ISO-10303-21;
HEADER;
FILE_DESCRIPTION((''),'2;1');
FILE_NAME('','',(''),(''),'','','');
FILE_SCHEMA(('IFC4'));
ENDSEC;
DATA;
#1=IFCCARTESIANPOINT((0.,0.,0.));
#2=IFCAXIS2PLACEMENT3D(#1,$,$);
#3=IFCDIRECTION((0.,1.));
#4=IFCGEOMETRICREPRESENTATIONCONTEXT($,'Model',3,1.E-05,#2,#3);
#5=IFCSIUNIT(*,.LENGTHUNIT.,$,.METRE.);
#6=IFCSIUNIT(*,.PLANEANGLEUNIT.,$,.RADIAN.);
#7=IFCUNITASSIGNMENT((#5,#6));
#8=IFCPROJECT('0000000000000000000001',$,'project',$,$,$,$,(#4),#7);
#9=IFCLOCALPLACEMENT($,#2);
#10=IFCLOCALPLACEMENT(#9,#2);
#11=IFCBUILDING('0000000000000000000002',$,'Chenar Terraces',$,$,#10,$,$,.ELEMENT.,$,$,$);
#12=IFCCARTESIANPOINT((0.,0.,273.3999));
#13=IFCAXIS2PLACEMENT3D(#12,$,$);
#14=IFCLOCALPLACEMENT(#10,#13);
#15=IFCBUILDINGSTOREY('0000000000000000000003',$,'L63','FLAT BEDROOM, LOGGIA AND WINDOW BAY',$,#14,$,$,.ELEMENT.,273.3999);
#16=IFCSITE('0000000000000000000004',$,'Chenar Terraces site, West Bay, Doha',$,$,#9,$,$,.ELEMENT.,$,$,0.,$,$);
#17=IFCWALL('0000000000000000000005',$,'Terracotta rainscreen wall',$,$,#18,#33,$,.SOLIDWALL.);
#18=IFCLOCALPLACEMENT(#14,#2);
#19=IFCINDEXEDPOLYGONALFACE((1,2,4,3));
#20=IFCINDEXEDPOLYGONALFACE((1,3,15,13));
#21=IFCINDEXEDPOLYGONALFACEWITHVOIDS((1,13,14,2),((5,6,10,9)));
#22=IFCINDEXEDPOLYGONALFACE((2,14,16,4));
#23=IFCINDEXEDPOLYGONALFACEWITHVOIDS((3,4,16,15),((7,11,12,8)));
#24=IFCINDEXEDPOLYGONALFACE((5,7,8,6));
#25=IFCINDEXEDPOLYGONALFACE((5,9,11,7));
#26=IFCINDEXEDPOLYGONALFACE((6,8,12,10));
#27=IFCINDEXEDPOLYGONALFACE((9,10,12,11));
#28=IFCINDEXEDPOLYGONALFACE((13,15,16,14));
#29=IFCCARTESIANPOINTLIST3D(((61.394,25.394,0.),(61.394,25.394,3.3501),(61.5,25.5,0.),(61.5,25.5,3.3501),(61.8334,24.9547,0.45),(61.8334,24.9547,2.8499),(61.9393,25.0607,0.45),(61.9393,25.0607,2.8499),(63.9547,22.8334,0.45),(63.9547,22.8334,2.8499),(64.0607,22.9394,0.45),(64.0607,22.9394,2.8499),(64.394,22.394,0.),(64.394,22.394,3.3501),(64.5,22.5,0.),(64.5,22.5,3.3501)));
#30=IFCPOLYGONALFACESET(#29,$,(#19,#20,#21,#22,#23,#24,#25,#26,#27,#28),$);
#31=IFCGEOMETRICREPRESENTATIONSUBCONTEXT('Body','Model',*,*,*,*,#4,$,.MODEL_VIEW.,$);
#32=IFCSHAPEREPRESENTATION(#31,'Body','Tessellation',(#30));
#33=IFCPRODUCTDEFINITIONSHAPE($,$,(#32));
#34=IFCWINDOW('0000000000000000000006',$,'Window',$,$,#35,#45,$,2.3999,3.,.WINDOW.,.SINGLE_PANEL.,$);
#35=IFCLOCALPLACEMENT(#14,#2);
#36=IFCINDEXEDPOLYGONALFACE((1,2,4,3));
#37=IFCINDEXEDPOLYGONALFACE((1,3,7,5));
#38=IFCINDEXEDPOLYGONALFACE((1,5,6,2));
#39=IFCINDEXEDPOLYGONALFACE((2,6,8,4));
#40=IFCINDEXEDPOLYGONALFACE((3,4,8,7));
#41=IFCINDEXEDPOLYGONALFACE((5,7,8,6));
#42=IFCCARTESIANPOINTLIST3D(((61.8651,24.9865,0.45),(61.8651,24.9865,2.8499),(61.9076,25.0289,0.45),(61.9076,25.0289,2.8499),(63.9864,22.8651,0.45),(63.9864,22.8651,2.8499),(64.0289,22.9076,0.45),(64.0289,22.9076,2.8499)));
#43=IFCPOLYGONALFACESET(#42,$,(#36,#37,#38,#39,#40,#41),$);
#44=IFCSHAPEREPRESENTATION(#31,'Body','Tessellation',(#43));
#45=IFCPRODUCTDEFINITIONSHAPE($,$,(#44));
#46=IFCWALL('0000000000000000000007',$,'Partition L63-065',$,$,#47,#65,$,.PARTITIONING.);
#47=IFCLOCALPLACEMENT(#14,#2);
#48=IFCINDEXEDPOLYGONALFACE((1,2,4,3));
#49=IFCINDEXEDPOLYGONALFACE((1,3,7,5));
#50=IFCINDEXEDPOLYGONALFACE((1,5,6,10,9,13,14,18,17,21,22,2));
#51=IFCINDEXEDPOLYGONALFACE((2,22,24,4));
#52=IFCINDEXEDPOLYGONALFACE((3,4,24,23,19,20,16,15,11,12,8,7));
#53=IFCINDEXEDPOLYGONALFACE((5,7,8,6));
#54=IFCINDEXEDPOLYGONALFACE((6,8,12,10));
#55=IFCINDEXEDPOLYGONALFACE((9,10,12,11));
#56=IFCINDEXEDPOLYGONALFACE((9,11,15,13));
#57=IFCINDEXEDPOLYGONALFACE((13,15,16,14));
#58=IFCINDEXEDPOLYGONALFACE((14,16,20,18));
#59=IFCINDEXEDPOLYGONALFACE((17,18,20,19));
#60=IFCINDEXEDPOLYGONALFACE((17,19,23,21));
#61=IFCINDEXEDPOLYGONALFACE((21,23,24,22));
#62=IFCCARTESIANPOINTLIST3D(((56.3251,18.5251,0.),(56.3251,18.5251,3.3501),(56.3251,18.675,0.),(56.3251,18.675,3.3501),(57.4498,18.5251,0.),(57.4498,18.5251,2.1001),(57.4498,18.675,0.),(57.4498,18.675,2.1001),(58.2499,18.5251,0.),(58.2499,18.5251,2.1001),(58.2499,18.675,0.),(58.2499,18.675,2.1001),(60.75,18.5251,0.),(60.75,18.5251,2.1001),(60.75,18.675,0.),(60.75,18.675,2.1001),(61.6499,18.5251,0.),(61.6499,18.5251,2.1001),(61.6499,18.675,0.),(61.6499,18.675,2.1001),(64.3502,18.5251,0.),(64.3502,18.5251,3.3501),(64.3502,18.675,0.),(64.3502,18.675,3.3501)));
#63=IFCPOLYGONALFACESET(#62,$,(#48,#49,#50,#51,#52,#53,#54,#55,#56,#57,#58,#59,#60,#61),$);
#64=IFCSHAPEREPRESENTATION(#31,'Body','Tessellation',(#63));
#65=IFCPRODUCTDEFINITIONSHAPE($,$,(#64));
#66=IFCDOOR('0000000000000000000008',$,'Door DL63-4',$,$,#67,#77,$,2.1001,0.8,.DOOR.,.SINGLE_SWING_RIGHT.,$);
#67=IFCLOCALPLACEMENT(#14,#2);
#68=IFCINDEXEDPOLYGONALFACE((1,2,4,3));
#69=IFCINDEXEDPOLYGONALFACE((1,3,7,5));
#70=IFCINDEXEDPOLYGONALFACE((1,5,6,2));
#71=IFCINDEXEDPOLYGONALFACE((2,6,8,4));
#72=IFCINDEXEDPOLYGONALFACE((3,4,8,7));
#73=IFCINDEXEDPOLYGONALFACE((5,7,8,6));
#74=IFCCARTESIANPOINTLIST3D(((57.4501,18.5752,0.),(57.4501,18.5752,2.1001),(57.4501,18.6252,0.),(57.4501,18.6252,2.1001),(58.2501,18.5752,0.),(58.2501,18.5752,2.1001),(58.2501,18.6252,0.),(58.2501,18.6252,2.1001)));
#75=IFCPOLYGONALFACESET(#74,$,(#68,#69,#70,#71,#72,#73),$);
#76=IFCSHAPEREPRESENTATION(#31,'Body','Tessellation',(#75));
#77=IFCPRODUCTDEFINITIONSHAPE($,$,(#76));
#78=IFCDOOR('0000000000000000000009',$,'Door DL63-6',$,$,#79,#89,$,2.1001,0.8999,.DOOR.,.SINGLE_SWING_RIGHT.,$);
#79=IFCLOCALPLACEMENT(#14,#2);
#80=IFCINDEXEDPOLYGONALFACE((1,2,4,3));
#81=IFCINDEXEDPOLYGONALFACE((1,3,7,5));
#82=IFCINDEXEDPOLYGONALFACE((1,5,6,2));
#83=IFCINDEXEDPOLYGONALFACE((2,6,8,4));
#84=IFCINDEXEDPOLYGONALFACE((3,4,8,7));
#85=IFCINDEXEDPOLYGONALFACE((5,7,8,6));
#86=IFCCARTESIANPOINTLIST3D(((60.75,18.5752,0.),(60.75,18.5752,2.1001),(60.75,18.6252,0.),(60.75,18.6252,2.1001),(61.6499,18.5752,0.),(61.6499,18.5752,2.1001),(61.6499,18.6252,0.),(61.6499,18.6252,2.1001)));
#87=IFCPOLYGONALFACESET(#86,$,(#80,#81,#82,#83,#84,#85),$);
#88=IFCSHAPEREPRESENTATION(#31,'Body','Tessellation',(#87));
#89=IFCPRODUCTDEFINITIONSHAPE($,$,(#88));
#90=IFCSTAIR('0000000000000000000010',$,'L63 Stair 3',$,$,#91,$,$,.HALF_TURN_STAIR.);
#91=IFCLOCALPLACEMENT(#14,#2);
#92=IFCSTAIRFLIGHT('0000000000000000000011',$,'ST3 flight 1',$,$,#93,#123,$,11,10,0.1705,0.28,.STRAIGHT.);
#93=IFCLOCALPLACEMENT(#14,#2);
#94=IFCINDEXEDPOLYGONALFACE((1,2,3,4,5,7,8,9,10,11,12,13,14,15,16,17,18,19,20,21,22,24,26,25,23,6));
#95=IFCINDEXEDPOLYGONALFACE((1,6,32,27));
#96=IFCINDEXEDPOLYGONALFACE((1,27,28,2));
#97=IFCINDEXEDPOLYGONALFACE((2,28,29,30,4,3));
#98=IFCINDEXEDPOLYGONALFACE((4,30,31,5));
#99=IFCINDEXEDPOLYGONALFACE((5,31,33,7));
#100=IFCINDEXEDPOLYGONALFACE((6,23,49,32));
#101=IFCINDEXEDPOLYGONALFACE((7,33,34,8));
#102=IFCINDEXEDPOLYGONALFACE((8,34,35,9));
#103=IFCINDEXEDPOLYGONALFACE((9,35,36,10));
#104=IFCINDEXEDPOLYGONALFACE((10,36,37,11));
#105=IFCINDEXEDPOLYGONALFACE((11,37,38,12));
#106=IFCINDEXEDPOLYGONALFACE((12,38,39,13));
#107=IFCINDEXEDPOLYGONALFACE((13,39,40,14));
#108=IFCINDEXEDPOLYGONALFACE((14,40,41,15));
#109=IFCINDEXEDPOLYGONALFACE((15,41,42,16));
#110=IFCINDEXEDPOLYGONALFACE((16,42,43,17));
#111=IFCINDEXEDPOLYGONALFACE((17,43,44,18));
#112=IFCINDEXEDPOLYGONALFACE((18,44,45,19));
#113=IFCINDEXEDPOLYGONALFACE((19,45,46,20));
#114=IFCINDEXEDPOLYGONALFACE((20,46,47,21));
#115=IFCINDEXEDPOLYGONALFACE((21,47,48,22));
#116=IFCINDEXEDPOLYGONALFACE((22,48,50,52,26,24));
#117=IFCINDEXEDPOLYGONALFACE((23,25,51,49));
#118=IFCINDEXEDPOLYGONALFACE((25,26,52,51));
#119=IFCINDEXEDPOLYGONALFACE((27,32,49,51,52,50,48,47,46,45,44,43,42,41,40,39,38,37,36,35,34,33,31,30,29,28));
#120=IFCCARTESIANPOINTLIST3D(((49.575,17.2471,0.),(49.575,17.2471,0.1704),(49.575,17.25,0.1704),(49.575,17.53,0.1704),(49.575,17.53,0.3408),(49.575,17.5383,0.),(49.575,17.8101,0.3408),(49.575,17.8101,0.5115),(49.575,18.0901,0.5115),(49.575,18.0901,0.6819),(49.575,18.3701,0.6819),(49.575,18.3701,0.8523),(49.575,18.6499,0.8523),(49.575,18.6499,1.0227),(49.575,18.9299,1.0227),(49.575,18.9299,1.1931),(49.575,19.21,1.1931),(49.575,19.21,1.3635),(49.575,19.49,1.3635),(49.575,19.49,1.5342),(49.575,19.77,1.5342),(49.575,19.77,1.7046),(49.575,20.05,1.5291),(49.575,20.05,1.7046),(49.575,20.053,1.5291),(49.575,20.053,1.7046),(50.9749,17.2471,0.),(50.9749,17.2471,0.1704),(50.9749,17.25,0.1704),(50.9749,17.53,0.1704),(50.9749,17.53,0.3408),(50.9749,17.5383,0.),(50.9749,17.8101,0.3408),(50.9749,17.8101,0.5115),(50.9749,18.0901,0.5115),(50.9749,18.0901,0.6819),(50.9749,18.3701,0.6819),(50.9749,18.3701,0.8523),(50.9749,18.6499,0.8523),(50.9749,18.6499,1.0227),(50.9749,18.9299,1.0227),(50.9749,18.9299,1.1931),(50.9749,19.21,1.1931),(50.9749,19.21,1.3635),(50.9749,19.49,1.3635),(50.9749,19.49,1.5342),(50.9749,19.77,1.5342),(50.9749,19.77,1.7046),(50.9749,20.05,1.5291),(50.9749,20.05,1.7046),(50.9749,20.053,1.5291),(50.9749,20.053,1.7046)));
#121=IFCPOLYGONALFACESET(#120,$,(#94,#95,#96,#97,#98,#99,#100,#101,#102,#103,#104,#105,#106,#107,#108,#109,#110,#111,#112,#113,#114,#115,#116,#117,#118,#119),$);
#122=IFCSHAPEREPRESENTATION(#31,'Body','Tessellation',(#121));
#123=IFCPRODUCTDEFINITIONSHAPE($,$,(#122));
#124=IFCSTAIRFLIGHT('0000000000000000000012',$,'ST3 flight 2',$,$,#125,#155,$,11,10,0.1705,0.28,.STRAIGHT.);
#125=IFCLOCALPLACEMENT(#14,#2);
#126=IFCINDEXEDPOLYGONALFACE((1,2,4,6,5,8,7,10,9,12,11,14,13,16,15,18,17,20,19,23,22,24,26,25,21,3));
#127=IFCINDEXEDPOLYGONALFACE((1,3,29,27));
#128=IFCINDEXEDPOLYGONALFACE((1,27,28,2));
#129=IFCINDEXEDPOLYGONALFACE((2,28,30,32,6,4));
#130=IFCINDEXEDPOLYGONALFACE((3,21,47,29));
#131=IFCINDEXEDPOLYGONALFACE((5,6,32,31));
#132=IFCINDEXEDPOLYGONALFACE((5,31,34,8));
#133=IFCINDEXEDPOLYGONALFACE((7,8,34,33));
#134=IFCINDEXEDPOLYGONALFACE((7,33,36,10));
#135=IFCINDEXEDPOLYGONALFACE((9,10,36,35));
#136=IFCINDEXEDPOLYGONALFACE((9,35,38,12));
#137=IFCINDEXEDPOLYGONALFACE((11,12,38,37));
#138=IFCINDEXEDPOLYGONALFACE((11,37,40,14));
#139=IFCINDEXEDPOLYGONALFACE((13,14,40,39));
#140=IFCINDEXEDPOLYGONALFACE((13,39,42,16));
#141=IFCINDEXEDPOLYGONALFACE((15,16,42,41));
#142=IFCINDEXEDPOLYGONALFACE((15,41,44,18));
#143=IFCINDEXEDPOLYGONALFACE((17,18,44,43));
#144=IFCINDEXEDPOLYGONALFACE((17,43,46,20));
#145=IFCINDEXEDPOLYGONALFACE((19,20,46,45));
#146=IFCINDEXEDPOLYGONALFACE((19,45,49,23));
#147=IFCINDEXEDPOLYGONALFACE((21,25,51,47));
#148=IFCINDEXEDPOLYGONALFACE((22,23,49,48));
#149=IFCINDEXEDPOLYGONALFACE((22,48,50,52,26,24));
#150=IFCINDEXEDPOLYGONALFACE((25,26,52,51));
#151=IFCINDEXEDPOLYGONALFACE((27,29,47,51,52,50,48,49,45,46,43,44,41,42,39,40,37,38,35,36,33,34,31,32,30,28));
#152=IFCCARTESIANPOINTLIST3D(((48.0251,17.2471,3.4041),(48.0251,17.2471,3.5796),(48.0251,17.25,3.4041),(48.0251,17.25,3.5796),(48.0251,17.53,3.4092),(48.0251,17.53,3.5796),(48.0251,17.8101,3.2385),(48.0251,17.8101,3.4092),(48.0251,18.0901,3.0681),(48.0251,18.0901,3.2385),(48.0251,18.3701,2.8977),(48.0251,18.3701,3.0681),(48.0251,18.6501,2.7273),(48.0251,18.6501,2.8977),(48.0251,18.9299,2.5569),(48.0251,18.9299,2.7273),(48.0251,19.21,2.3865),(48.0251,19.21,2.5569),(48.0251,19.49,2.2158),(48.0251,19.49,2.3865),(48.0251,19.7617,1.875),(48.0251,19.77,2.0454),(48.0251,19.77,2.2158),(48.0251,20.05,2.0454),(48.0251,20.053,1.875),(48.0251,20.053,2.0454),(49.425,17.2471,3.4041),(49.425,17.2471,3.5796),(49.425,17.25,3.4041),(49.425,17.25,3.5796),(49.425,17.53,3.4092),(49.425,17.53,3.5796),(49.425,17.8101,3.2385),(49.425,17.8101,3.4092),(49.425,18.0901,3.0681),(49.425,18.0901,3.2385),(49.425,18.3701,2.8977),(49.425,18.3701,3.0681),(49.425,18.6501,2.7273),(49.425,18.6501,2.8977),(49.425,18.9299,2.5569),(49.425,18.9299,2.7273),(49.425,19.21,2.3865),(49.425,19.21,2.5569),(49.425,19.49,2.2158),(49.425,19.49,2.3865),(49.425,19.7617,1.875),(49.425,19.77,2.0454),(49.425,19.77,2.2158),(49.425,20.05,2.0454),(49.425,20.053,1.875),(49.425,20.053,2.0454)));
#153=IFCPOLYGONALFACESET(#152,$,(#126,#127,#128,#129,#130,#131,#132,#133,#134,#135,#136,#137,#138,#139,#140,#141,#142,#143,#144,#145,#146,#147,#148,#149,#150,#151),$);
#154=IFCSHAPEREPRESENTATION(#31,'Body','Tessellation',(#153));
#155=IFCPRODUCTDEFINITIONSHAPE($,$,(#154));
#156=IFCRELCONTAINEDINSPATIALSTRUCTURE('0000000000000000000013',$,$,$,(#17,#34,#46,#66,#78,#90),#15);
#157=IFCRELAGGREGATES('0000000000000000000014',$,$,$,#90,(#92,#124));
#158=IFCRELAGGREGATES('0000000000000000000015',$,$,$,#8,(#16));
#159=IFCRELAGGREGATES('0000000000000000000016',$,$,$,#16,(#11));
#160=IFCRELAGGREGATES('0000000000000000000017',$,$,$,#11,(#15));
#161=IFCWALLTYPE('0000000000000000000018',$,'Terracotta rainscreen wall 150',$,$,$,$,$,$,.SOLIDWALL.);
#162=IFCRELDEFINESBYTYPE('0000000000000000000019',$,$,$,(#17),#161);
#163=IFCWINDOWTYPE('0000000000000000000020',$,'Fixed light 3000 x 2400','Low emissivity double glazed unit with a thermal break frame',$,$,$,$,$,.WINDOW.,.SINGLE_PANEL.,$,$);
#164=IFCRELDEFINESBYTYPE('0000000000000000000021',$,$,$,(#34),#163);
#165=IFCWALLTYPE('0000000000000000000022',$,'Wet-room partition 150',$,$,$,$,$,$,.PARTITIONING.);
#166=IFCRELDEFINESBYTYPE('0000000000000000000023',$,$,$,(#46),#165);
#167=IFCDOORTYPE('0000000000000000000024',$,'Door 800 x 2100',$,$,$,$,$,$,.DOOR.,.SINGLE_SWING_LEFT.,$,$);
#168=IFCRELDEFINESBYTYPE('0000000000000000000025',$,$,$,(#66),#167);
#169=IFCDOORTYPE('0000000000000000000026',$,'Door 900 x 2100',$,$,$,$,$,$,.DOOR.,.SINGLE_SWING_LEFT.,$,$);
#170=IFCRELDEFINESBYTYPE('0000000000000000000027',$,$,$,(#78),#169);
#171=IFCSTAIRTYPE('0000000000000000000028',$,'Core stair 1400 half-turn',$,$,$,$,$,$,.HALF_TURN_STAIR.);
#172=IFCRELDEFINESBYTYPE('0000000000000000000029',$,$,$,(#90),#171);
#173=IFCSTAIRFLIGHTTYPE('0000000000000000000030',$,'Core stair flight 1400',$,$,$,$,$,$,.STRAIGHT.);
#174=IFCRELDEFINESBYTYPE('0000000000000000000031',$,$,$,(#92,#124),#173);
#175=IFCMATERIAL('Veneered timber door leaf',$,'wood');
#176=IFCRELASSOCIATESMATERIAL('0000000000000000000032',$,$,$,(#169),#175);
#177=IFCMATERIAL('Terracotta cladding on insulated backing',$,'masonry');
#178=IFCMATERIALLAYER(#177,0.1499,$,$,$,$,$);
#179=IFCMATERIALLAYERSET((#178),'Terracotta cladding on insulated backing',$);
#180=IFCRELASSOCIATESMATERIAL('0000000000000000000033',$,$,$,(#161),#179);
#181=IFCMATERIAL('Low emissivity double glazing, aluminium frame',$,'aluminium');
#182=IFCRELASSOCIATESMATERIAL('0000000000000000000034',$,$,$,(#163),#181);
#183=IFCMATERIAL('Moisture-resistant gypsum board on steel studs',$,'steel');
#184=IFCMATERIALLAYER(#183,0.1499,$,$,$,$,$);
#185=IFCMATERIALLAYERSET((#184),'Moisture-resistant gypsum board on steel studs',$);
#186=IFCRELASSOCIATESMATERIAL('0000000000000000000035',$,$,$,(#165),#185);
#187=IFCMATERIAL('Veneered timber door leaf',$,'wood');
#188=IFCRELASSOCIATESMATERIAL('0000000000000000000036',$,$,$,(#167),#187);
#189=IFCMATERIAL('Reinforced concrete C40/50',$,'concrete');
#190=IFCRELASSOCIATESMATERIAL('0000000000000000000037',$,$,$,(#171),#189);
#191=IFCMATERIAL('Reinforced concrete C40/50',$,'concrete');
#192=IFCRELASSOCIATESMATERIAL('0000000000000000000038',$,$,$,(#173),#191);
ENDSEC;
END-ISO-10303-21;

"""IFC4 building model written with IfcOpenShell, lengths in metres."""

from ifc_helpers import new_model, si_unit, direction, frame, frame_2d, origin, place, context, subcontext, project, spatial, polyline, rectangle, outline, extrude, material, layer, layer_set, type_object, element, fill, aggregate, save


model = new_model("IFC4")

# Units and contexts
model_context = context("Model", 3, precision=1e-05, world=origin(), true_north=direction((0.0, 1.0)))
body_context = subcontext(model_context, "Body", "Model", "MODEL_VIEW")
ifc_project = project(units=[si_unit("LENGTHUNIT", "METRE"), si_unit("PLANEANGLEUNIT", "RADIAN")], contexts=[model_context])

# Site, building, storey
site_placement = place(None, origin())
site = spatial("IfcSite", under=ifc_project, at=site_placement, Name="Chenar Terraces site, West Bay, Doha", CompositionType="ELEMENT", RefElevation=0.0)
building_placement = place(site_placement, origin())
building = spatial("IfcBuilding", under=site, at=building_placement, Name="Chenar Terraces", CompositionType="ELEMENT")
storey_placement = place(building_placement, frame((0.0, 0.0, 273.3999)))
storey = spatial("IfcBuildingStorey", under=building, at=storey_placement, Name="L63", Description="FLAT BEDROOM, LOGGIA AND WINDOW BAY", CompositionType="ELEMENT", Elevation=273.3999)

# Shared definitions
ifc_material_1 = material(Name="Veneered timber door leaf", Category="wood")
door_type_1 = type_object("IfcDoorType", Name="Door 900 x 2100", OperationType="SINGLE_SWING_LEFT", PredefinedType="DOOR", material=ifc_material_1)

# Wall, opening, window
ifc_material_2 = material(Name="Terracotta cladding on insulated backing", Category="masonry")
ifc_layer_1 = layer(ifc_material_2, 0.1499)
ifc_layer_set_1 = layer_set([ifc_layer_1], Name="Terracotta cladding on insulated backing")
wall_type_1 = type_object("IfcWallType", Name="Terracotta rainscreen wall 150", PredefinedType="SOLIDWALL", material=ifc_layer_set_1)
wall_1_placement = place(storey_placement, frame((64.447, 22.447, 0.0), z_axis=(0.0, 0.0, 1.0), x_axis=(-0.707107, 0.707107, 0.0)))
wall_1 = element("IfcWall", 1, at=wall_1_placement, inside=storey, type_object=wall_type_1, Name="Terracotta rainscreen wall", PredefinedType="SOLIDWALL", context=body_context, shape_type="SweptSolid", body=[
    extrude(rectangle(XDim=4.2427, YDim=0.1499, at=frame_2d((2.1213, 0.0))), origin(), (0.0, 0.0, 1.0), 3.3501),
])
opening_1_placement = place(wall_1_placement, frame((0.6213, 0.0, 0.45)))
opening_1 = element("IfcOpeningElement", 2, at=opening_1_placement, cuts=wall_1, PredefinedType="OPENING", context=body_context, shape_type="SweptSolid", body=[
    extrude(rectangle(XDim=3.0, YDim=2.3999, at=frame_2d((1.5, 1.2))), frame((0.0, 0.085, 0.0), z_axis=(0.0, -1.0, 0.0), x_axis=(1.0, 0.0, 0.0)), (0.0, 0.0, 1.0), 0.1699),
])
ifc_material_3 = material(Name="Low emissivity double glazing, aluminium frame", Category="aluminium")
window_type_1 = type_object("IfcWindowType", Name="Fixed light 3000 x 2400", Description="Low emissivity double glazed unit with a thermal break frame", PartitioningType="SINGLE_PANEL", PredefinedType="WINDOW", material=ifc_material_3)
window_1_placement = place(opening_1_placement, origin())
window_1 = element("IfcWindow", 3, at=window_1_placement, inside=storey, type_object=window_type_1, Name="Window", OverallHeight=2.3999, OverallWidth=3.0, PartitioningType="SINGLE_PANEL", PredefinedType="WINDOW", context=body_context, shape_type="SweptSolid", body=[
    extrude(rectangle(XDim=3.0, YDim=2.3999, at=frame_2d((1.5, 1.2))), frame((0.0, 0.03, 0.0), z_axis=(0.0, -1.0, 0.0), x_axis=(1.0, 0.0, 0.0)), (0.0, 0.0, 1.0), 0.0601),
])
fill(opening_1, window_1)

# Wall, openings, doors
ifc_material_4 = material(Name="Moisture-resistant gypsum board on steel studs", Category="steel")
ifc_layer_2 = layer(ifc_material_4, 0.1499)
ifc_layer_set_2 = layer_set([ifc_layer_2], Name="Moisture-resistant gypsum board on steel studs")
wall_type_2 = type_object("IfcWallType", Name="Wet-room partition 150", PredefinedType="PARTITIONING", material=ifc_layer_set_2)
wall_2_placement = place(storey_placement, frame((56.325, 18.6001, 0.0), z_axis=(0.0, 0.0, 1.0), x_axis=(1.0, 0.0, 0.0)))
wall_2 = element("IfcWall", 4, at=wall_2_placement, inside=storey, type_object=wall_type_2, Name="Partition L63-065", PredefinedType="PARTITIONING", context=body_context, shape_type="SweptSolid", body=[
    extrude(rectangle(XDim=8.0251, YDim=0.1499, at=frame_2d((4.0127, 0.0))), origin(), (0.0, 0.0, 1.0), 3.3501),
])
opening_2_placement = place(wall_2_placement, frame((1.125, 0.0, 0.0)))
opening_2 = element("IfcOpeningElement", 5, at=opening_2_placement, cuts=wall_2, PredefinedType="OPENING", context=body_context, shape_type="SweptSolid", body=[
    extrude(rectangle(XDim=0.8, YDim=2.1001, at=frame_2d((0.3999, 1.05))), frame((0.0, 0.085, 0.0), z_axis=(0.0, -1.0, 0.0), x_axis=(1.0, 0.0, 0.0)), (0.0, 0.0, 1.0), 0.1699),
])
opening_3_placement = place(wall_2_placement, frame((4.425, 0.0, 0.0)))
opening_3 = element("IfcOpeningElement", 6, at=opening_3_placement, cuts=wall_2, PredefinedType="OPENING", context=body_context, shape_type="SweptSolid", body=[
    extrude(rectangle(XDim=0.8999, YDim=2.1001, at=frame_2d((0.45, 1.05))), frame((0.0, 0.085, 0.0), z_axis=(0.0, -1.0, 0.0), x_axis=(1.0, 0.0, 0.0)), (0.0, 0.0, 1.0), 0.1699),
])
ifc_material_5 = material(Name="Veneered timber door leaf", Category="wood")
door_type_2 = type_object("IfcDoorType", Name="Door 800 x 2100", OperationType="SINGLE_SWING_LEFT", PredefinedType="DOOR", material=ifc_material_5)
door_1_placement = place(opening_2_placement, frame((0.8, 0.0, 0.0), z_axis=(0.0, 0.0, 1.0), x_axis=(-1.0, 0.0, 0.0)))
door_1 = element("IfcDoor", 7, at=door_1_placement, inside=storey, type_object=door_type_2, Name="Door DL63-4", OperationType="SINGLE_SWING_RIGHT", OverallHeight=2.1001, OverallWidth=0.8, PredefinedType="DOOR", context=body_context, shape_type="SweptSolid", body=[
    extrude(rectangle(XDim=0.8, YDim=2.1001, at=frame_2d((0.3999, 1.05))), frame((0.0, 0.0249, 0.0), z_axis=(0.0, -1.0, 0.0), x_axis=(1.0, 0.0, 0.0)), (0.0, 0.0, 1.0), 0.05),
])
fill(opening_2, door_1)
door_2_placement = place(opening_3_placement, frame((0.8999, 0.0, 0.0), z_axis=(0.0, 0.0, 1.0), x_axis=(-1.0, 0.0, 0.0)))
door_2 = element("IfcDoor", 8, at=door_2_placement, inside=storey, type_object=door_type_1, Name="Door DL63-6", OperationType="SINGLE_SWING_RIGHT", OverallHeight=2.1001, OverallWidth=0.8999, PredefinedType="DOOR", context=body_context, shape_type="SweptSolid", body=[
    extrude(rectangle(XDim=0.8999, YDim=2.1001, at=frame_2d((0.45, 1.05))), frame((0.0, 0.0249, 0.0), z_axis=(0.0, -1.0, 0.0), x_axis=(1.0, 0.0, 0.0)), (0.0, 0.0, 1.0), 0.05),
])
fill(opening_3, door_2)

# Stair, stair flights
ifc_material_6 = material(Name="Reinforced concrete C40/50", Category="concrete")
stair_type = type_object("IfcStairType", Name="Core stair 1400 half-turn", PredefinedType="HALF_TURN_STAIR", material=ifc_material_6)
stair_placement = place(storey_placement, origin())
stair = element("IfcStair", 9, at=stair_placement, inside=storey, type_object=stair_type, Name="L63 Stair 3", PredefinedType="HALF_TURN_STAIR")
ifc_material_7 = material(Name="Reinforced concrete C40/50", Category="concrete")
stair_flight_type = type_object("IfcStairFlightType", Name="Core stair flight 1400", PredefinedType="STRAIGHT", material=ifc_material_7)
stair_flight_1_placement = place(storey_placement, frame((50.2749, 17.25, 0.0), z_axis=(0.0, 0.0, 1.0), x_axis=(0.0, 1.0, 0.0)))
stair_flight_1 = element("IfcStairFlight", 10, at=stair_flight_1_placement, type_object=stair_flight_type, Name="ST3 flight 1", NumberOfRisers=11, NumberOfTreads=10, PredefinedType="STRAIGHT", RiserHeight=0.1705, TreadLength=0.28, context=body_context, shape_type="SweptSolid", body=[
    extrude(outline(polyline([(-0.0029, 0.0), (-0.0029, 0.1704), (0.0, 0.1704), (0.28, 0.1704), (0.28, 0.3408), (0.5601, 0.3408), (0.5601, 0.5115), (0.8401, 0.5115), (0.8401, 0.6819), (1.1201, 0.6819), (1.1201, 0.8523), (1.3999, 0.8523), (1.3999, 1.0227), (1.6799, 1.0227), (1.6799, 1.1931), (1.96, 1.1931), (1.96, 1.3635), (2.24, 1.3635), (2.24, 1.5342), (2.52, 1.5342), (2.52, 1.7046), (2.8, 1.7046), (2.803, 1.7046), (2.803, 1.5291), (2.8, 1.5291), (0.2883, 0.0), (-0.0029, 0.0)])), frame((0.0, 0.7, 0.0), z_axis=(0.0, -1.0, 0.0), x_axis=(1.0, 0.0, 0.0)), (0.0, 0.0, 1.0), 1.3999),
])
stair_flight_2_placement = place(storey_placement, frame((48.7251, 20.05, 1.875), z_axis=(0.0, 0.0, 1.0), x_axis=(0.0, -1.0, 0.0)))
stair_flight_2 = element("IfcStairFlight", 11, at=stair_flight_2_placement, type_object=stair_flight_type, Name="ST3 flight 2", NumberOfRisers=11, NumberOfTreads=10, PredefinedType="STRAIGHT", RiserHeight=0.1705, TreadLength=0.28, context=body_context, shape_type="SweptSolid", body=[
    extrude(outline(polyline([(-0.0029, 0.0), (-0.0029, 0.1704), (0.0, 0.1704), (0.28, 0.1704), (0.28, 0.3408), (0.5601, 0.3408), (0.5601, 0.5115), (0.8401, 0.5115), (0.8401, 0.6819), (1.1201, 0.6819), (1.1201, 0.8523), (1.3999, 0.8523), (1.3999, 1.0227), (1.6799, 1.0227), (1.6799, 1.1931), (1.96, 1.1931), (1.96, 1.3635), (2.24, 1.3635), (2.24, 1.5342), (2.52, 1.5342), (2.52, 1.7046), (2.8, 1.7046), (2.803, 1.7046), (2.803, 1.5291), (2.8, 1.5291), (0.2883, 0.0), (-0.0029, 0.0)])), frame((0.0, 0.7, 0.0), z_axis=(0.0, -1.0, 0.0), x_axis=(1.0, 0.0, 0.0)), (0.0, 0.0, 1.0), 1.3999),
])
aggregate(stair, [stair_flight_1, stair_flight_2])

save(model, "model.ifc")
